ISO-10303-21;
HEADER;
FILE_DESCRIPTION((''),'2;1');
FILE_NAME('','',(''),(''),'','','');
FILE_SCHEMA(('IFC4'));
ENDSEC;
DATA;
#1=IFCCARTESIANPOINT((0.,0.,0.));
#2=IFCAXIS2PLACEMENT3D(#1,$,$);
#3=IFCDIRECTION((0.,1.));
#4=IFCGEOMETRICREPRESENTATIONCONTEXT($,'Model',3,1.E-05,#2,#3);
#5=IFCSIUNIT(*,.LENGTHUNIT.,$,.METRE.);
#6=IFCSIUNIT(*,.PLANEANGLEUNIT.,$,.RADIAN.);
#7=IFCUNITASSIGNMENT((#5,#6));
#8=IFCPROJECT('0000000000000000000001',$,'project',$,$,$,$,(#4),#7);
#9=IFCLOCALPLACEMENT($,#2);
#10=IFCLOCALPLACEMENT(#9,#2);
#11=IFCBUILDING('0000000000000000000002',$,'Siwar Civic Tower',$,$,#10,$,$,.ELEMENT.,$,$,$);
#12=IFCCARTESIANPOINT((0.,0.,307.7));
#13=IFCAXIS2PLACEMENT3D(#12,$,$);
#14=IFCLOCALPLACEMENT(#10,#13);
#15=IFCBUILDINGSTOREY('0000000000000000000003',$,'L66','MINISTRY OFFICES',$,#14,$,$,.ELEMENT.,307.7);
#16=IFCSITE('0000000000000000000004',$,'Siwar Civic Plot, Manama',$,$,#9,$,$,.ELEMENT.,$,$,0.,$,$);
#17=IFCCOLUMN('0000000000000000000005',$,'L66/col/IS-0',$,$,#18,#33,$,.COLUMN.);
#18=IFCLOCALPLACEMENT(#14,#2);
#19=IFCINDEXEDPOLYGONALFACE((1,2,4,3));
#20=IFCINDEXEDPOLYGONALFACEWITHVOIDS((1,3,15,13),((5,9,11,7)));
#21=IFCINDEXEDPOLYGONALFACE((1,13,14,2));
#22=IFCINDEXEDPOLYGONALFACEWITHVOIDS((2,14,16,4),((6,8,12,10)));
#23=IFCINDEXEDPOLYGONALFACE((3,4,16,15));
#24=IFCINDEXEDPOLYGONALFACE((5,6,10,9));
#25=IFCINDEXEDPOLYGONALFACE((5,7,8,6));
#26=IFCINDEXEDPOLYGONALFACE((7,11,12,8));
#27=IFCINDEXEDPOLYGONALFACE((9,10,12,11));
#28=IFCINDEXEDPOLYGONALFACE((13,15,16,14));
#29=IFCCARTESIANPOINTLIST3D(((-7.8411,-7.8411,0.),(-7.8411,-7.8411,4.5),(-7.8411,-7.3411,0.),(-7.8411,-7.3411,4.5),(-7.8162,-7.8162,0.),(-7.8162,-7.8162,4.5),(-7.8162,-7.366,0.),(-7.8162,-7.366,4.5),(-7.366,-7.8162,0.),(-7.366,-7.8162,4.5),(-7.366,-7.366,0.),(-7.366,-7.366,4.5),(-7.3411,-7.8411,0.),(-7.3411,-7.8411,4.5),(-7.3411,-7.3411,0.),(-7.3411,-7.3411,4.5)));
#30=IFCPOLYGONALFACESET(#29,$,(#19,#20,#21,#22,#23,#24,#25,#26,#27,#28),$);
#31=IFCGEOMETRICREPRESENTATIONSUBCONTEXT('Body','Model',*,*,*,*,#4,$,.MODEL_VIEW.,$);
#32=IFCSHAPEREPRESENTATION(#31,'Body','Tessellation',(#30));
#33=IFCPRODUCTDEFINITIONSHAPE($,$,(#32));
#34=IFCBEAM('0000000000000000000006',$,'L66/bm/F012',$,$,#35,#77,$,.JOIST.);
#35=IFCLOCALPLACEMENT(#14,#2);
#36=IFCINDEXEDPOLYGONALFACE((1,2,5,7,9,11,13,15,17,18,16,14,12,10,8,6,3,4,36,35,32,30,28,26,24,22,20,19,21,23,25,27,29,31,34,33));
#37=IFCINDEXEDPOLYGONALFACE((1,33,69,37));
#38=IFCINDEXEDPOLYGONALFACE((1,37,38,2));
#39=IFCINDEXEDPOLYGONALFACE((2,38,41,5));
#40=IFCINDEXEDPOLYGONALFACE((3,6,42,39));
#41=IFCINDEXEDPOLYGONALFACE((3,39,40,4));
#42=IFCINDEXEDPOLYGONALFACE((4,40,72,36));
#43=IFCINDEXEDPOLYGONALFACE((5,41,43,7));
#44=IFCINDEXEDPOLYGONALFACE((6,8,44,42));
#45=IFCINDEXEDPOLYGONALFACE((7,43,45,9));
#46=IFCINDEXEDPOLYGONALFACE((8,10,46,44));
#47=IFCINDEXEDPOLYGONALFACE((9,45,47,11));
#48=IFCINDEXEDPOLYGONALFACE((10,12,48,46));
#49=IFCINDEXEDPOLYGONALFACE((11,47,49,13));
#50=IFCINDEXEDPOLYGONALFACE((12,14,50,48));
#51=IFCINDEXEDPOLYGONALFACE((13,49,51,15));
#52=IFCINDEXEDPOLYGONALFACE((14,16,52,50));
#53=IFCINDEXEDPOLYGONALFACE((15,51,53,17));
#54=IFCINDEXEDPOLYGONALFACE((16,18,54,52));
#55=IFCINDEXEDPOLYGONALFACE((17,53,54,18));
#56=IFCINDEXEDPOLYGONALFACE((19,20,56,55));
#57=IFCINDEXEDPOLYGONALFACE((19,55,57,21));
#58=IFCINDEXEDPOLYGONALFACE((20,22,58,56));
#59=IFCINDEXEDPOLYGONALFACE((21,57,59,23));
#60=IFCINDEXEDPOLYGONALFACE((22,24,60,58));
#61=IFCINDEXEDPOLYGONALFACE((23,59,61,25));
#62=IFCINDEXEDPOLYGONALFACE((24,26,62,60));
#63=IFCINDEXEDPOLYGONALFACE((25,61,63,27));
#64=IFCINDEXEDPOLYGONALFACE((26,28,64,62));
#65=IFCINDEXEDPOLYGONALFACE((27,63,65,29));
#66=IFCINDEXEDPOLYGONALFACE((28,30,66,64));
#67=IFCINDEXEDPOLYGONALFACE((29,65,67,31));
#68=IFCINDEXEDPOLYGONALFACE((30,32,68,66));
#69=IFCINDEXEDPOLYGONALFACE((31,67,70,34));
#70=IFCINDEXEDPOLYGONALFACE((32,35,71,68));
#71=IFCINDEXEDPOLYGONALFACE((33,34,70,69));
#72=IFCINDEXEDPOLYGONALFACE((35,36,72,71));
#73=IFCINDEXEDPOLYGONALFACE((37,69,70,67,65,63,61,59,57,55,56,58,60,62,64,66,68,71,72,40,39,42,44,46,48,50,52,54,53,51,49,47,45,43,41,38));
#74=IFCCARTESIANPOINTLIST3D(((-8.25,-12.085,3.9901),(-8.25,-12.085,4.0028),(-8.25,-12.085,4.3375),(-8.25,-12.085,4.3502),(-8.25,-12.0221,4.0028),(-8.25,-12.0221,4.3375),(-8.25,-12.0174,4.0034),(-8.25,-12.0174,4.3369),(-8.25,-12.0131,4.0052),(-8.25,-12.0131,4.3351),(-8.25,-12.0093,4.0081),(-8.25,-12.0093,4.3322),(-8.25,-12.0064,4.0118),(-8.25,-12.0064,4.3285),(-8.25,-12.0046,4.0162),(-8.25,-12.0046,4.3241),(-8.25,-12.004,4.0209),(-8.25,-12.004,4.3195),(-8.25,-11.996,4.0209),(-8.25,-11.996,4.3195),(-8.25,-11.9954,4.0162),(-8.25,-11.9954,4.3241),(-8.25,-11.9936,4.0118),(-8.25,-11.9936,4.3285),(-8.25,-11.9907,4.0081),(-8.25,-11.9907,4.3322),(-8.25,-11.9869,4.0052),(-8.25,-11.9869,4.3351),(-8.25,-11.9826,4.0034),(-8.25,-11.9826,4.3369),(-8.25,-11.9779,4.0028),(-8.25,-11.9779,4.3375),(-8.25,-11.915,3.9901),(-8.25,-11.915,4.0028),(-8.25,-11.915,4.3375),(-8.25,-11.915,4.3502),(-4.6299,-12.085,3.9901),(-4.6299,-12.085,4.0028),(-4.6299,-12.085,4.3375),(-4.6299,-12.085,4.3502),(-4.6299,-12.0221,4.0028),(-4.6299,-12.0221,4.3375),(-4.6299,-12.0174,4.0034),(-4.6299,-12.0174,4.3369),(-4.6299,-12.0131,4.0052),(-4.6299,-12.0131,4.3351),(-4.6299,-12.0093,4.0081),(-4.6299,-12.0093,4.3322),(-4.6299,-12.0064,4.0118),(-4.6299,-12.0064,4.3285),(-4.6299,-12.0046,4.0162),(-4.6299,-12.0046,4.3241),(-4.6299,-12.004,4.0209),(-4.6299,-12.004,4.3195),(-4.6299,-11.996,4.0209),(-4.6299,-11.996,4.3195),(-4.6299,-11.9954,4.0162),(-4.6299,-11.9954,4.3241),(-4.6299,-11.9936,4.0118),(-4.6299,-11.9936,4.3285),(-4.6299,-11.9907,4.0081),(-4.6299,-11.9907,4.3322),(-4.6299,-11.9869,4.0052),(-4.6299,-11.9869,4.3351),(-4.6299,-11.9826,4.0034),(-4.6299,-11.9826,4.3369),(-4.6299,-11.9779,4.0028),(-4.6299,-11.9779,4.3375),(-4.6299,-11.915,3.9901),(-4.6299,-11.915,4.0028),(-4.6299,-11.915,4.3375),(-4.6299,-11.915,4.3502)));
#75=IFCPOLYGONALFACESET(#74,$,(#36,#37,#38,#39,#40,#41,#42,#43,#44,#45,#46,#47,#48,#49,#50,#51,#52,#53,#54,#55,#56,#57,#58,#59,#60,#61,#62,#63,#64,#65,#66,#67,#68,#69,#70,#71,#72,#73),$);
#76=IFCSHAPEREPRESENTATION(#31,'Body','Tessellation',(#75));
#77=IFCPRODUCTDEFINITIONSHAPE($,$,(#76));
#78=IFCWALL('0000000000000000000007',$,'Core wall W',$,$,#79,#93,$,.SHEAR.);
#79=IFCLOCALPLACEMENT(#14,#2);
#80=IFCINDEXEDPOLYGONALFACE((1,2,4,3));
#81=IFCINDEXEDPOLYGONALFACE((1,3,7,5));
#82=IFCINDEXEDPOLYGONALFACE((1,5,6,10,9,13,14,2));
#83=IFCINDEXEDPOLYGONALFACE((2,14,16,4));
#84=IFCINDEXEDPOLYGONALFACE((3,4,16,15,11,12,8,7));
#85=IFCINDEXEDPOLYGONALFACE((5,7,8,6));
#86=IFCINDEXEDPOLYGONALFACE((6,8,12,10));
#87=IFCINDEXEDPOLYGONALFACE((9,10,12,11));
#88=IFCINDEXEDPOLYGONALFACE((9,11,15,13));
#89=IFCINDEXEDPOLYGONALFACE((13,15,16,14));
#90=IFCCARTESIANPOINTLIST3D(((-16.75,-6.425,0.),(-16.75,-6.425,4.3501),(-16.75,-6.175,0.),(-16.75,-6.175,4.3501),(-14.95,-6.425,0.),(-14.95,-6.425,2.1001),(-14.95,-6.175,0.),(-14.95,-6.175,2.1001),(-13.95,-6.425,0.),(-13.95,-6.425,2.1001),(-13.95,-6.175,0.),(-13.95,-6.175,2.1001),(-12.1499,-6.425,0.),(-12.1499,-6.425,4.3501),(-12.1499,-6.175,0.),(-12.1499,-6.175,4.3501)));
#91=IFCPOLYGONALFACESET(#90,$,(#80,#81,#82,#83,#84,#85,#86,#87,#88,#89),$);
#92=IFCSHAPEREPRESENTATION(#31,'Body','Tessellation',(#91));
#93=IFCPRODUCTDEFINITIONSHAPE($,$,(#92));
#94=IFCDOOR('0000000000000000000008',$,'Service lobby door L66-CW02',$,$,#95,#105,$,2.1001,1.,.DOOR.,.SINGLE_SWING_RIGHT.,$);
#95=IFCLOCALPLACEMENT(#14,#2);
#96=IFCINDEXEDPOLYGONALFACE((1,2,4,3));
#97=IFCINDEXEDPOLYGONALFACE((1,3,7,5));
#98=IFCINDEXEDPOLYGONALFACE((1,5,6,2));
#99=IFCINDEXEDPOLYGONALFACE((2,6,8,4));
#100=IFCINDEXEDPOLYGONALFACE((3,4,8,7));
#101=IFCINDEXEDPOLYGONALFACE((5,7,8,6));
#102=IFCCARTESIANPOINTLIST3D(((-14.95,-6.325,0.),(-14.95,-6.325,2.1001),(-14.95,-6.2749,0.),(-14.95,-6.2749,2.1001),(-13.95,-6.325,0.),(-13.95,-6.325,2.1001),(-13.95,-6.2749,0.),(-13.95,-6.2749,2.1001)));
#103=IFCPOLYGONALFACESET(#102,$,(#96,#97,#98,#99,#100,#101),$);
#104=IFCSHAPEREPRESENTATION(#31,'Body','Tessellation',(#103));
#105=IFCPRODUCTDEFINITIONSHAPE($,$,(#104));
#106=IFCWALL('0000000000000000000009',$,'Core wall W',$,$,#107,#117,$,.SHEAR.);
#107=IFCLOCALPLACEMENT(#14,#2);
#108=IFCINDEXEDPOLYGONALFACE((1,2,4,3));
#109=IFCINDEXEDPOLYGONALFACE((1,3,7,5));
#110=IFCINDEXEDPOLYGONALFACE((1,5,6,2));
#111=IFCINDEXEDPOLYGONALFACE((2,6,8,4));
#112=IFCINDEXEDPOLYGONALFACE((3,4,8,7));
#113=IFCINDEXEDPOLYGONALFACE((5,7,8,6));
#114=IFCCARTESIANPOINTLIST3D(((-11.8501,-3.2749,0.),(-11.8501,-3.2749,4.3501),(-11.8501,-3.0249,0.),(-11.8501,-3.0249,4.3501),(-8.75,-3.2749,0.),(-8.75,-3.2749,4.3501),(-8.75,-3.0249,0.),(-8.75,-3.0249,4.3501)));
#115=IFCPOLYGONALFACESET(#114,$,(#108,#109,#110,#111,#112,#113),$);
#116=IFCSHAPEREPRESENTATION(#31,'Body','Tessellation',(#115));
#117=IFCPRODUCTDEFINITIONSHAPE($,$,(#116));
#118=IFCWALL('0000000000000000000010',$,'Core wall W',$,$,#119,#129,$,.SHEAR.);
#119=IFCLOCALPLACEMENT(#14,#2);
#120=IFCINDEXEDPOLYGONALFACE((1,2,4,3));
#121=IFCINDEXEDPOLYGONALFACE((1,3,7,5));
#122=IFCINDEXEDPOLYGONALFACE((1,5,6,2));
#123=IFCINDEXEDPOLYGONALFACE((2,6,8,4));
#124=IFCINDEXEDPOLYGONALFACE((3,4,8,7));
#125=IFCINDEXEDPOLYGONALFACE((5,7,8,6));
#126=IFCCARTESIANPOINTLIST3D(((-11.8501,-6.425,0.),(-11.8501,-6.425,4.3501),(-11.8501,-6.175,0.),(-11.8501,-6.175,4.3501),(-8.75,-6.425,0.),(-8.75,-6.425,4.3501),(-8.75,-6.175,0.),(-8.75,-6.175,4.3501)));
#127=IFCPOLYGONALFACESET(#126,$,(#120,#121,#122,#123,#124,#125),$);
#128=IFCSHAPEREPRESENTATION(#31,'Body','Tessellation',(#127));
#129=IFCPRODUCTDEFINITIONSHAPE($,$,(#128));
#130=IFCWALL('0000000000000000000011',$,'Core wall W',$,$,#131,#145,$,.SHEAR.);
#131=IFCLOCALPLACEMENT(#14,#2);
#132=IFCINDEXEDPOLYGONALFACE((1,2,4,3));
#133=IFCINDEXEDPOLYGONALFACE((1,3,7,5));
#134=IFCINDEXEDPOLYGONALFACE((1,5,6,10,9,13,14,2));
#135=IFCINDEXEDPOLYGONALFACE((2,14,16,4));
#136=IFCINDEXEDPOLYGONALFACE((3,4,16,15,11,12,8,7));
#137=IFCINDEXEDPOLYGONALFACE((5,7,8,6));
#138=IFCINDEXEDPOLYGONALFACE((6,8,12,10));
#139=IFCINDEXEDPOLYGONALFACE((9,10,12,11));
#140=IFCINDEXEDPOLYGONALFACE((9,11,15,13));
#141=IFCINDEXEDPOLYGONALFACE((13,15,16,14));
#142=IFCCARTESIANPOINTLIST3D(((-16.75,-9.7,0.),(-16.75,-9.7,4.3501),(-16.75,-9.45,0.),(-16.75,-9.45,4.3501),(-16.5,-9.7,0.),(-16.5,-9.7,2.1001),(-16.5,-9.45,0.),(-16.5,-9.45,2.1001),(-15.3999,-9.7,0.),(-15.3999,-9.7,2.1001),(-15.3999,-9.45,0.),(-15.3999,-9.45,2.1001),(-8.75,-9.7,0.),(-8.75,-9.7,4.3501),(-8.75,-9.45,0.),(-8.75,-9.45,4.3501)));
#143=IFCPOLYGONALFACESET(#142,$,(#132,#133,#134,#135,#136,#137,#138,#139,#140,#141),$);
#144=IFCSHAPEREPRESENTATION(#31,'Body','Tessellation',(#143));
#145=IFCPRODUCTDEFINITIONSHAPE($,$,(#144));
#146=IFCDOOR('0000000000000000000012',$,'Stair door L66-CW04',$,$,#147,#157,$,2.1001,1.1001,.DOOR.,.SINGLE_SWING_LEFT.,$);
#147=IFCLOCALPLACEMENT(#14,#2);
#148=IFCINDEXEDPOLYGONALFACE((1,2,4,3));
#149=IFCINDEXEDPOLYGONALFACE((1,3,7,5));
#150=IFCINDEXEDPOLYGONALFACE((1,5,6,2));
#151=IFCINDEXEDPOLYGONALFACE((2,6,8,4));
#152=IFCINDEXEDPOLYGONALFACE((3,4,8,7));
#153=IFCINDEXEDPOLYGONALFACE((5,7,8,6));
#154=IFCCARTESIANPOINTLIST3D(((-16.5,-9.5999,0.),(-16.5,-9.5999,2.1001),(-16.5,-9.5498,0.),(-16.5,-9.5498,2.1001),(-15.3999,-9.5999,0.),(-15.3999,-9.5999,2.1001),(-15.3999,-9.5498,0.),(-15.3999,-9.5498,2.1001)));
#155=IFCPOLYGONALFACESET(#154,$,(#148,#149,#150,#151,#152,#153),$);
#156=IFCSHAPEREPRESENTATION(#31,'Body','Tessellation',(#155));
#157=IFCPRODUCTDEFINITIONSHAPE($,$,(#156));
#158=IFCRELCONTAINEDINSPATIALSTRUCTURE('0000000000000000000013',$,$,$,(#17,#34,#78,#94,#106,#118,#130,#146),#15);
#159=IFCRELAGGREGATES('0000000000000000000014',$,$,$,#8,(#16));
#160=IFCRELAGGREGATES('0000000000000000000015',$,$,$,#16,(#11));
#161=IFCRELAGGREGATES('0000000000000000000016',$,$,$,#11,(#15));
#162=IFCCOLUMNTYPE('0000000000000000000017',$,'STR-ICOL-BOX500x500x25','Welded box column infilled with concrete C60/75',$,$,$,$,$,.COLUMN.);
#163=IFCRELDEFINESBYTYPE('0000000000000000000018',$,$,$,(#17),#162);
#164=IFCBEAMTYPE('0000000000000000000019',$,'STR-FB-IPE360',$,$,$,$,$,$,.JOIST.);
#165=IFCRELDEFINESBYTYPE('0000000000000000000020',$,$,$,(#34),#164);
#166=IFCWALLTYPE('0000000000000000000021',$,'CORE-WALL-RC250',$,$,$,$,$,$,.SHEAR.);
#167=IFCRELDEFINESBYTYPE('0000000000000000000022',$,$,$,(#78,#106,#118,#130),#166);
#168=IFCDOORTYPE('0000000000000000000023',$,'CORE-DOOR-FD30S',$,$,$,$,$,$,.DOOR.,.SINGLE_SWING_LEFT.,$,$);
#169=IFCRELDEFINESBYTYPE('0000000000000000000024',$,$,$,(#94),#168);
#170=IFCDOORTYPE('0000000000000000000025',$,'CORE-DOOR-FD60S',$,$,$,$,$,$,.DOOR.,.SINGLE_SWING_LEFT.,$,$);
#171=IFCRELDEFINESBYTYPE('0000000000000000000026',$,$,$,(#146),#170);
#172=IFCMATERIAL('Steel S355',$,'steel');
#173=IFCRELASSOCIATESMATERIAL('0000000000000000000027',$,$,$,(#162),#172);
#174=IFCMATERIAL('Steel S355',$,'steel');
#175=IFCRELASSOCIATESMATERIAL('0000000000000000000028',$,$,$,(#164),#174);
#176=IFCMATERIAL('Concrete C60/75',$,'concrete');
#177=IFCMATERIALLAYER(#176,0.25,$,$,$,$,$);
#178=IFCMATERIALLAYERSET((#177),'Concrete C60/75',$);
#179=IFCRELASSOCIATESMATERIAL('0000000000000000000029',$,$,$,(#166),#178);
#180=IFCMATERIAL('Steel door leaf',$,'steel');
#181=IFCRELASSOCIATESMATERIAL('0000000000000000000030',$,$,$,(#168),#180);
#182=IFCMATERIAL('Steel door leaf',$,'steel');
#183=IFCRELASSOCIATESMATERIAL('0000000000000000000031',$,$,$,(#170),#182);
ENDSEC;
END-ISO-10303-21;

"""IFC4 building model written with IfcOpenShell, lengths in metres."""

from ifc_helpers import new_model, si_unit, direction, frame, frame_2d, origin, origin_2d, place, context, subcontext, project, spatial, rectangle, hollow_rectangle, i_section, extrude, material, layer, layer_set, material_profile, profile_set, type_object, element, fill, save


model = new_model("IFC4")

# Units and contexts
model_context = context("Model", 3, precision=1e-05, world=origin(), true_north=direction((0.0, 1.0)))
body_context = subcontext(model_context, "Body", "Model", "MODEL_VIEW")
ifc_project = project(units=[si_unit("LENGTHUNIT", "METRE"), si_unit("PLANEANGLEUNIT", "RADIAN")], contexts=[model_context])

# Site, building, storey
site_placement = place(None, origin())
site = spatial("IfcSite", under=ifc_project, at=site_placement, Name="Siwar Civic Plot, Manama", CompositionType="ELEMENT", RefElevation=0.0)
building_placement = place(site_placement, origin())
building = spatial("IfcBuilding", under=site, at=building_placement, Name="Siwar Civic Tower", CompositionType="ELEMENT")
storey_placement = place(building_placement, frame((0.0, 0.0, 307.7)))
storey = spatial("IfcBuildingStorey", under=building, at=storey_placement, Name="L66", Description="MINISTRY OFFICES", CompositionType="ELEMENT", Elevation=307.7)

# Column
ifc_material_1 = material(Name="Steel S355", Category="steel")
ifc_material_profile_1 = material_profile(ifc_material_1, hollow_rectangle(XDim=0.5, YDim=0.5, WallThickness=0.0249, at=origin_2d()), Name="BOX500x500x25")
ifc_profile_set_1 = profile_set([ifc_material_profile_1], Name="Steel S355")
column_type = type_object("IfcColumnType", Name="STR-ICOL-BOX500x500x25", Description="Welded box column infilled with concrete C60/75", PredefinedType="COLUMN", material=ifc_profile_set_1)
column_placement = place(storey_placement, frame((-7.5911, -7.5911, 0.0), z_axis=(0.0, 0.0, 1.0), x_axis=(1.0, 0.0, 0.0)))
element("IfcColumn", 1, at=column_placement, inside=storey, type_object=column_type, Name="L66/col/IS-0", PredefinedType="COLUMN", context=body_context, shape_type="SweptSolid", body=[
    extrude(hollow_rectangle(XDim=0.5, YDim=0.5, WallThickness=0.0249, at=origin_2d()), origin(), (0.0, 0.0, 1.0), 4.5),
])

# Beam
ifc_material_2 = material(Name="Steel S355", Category="steel")
ifc_material_profile_2 = material_profile(ifc_material_2, i_section(OverallWidth=0.1699, OverallDepth=0.3601, WebThickness=0.0081, FlangeThickness=0.0127, FilletRadius=0.0181, at=origin_2d()), Name="IPE360")
ifc_profile_set_2 = profile_set([ifc_material_profile_2], Name="Steel S355")
beam_type = type_object("IfcBeamType", Name="STR-FB-IPE360", PredefinedType="JOIST", material=ifc_profile_set_2)
beam_placement = place(storey_placement, frame((-8.25, -12.0, 4.1702), z_axis=(1.0, 0.0, 0.0), x_axis=(0.0, 1.0, 0.0)))
element("IfcBeam", 2, at=beam_placement, inside=storey, type_object=beam_type, Name="L66/bm/F012", PredefinedType="JOIST", context=body_context, shape_type="SweptSolid", body=[
    extrude(i_section(OverallWidth=0.1699, OverallDepth=0.3601, WebThickness=0.0081, FlangeThickness=0.0127, FilletRadius=0.0181, at=origin_2d()), origin(), (0.0, 0.0, 1.0), 3.6201),
])

# Wall, opening, door
ifc_material_3 = material(Name="Concrete C60/75", Category="concrete")
ifc_layer_1 = layer(ifc_material_3, 0.25)
ifc_layer_set_1 = layer_set([ifc_layer_1], Name="Concrete C60/75")
wall_type_1 = type_object("IfcWallType", Name="CORE-WALL-RC250", PredefinedType="SHEAR", material=ifc_layer_set_1)
wall_1_placement = place(storey_placement, frame((-12.1499, -6.3, 0.0), z_axis=(0.0, 0.0, 1.0), x_axis=(-1.0, 0.0, 0.0)))
wall_1 = element("IfcWall", 3, at=wall_1_placement, inside=storey, type_object=wall_type_1, Name="Core wall W", PredefinedType="SHEAR", context=body_context, shape_type="SweptSolid", body=[
    extrude(rectangle(XDim=4.6001, YDim=0.25, at=frame_2d((2.3, 0.0))), origin(), (0.0, 0.0, 1.0), 4.3501),
])
opening_1_placement = place(wall_1_placement, frame((1.8, 0.0, 0.0)))
opening_1 = element("IfcOpeningElement", 4, at=opening_1_placement, cuts=wall_1, PredefinedType="OPENING", context=body_context, shape_type="SweptSolid", body=[
    extrude(rectangle(XDim=1.0, YDim=2.1001, at=frame_2d((0.5, 1.05))), frame((0.0, 0.135, 0.0), z_axis=(0.0, -1.0, 0.0), x_axis=(1.0, 0.0, 0.0)), (0.0, 0.0, 1.0), 0.27),
])
ifc_material_4 = material(Name="Steel door leaf", Category="steel")
door_type_1 = type_object("IfcDoorType", Name="CORE-DOOR-FD30S", OperationType="SINGLE_SWING_LEFT", PredefinedType="DOOR", material=ifc_material_4)
door_1_placement = place(opening_1_placement, origin())
door_1 = element("IfcDoor", 5, at=door_1_placement, inside=storey, type_object=door_type_1, Name="Service lobby door L66-CW02", OperationType="SINGLE_SWING_RIGHT", OverallHeight=2.1001, OverallWidth=1.0, PredefinedType="DOOR", context=body_context, shape_type="SweptSolid", body=[
    extrude(rectangle(XDim=1.0, YDim=2.1001, at=frame_2d((0.5, 1.05))), frame((0.0, 0.0249, 0.0), z_axis=(0.0, -1.0, 0.0), x_axis=(1.0, 0.0, 0.0)), (0.0, 0.0, 1.0), 0.05),
])
fill(opening_1, door_1)

# Walls
for number, where, z_axis, x_axis, name in (
    (6, (-8.75, -3.1499, 0.0), (0.0, 0.0, 1.0), (-1.0, 0.0, 0.0), "Core wall W"),
    (7, (-8.75, -6.3, 0.0), (0.0, 0.0, 1.0), (-1.0, 0.0, 0.0), "Core wall W"),
):
    element("IfcWall", number, at=place(storey_placement, frame(where, z_axis=z_axis, x_axis=x_axis)), inside=storey, type_object=wall_type_1, Name=name, PredefinedType="SHEAR", context=body_context, shape_type="SweptSolid", body=[
        extrude(rectangle(XDim=3.1001, YDim=0.25, at=frame_2d((1.55, 0.0))), origin(), (0.0, 0.0, 1.0), 4.3501),
    ])

# Wall, opening, door
wall_2_placement = place(storey_placement, frame((-8.75, -9.575, 0.0), z_axis=(0.0, 0.0, 1.0), x_axis=(-1.0, 0.0, 0.0)))
wall_2 = element("IfcWall", 8, at=wall_2_placement, inside=storey, type_object=wall_type_1, Name="Core wall W", PredefinedType="SHEAR", context=body_context, shape_type="SweptSolid", body=[
    extrude(rectangle(XDim=8.0, YDim=0.25, at=frame_2d((4.0, 0.0))), origin(), (0.0, 0.0, 1.0), 4.3501),
])
opening_2_placement = place(wall_2_placement, frame((6.6499, 0.0, 0.0)))
opening_2 = element("IfcOpeningElement", 9, at=opening_2_placement, cuts=wall_2, PredefinedType="OPENING", context=body_context, shape_type="SweptSolid", body=[
    extrude(rectangle(XDim=1.1001, YDim=2.1001, at=frame_2d((0.55, 1.05))), frame((0.0, 0.135, 0.0), z_axis=(0.0, -1.0, 0.0), x_axis=(1.0, 0.0, 0.0)), (0.0, 0.0, 1.0), 0.27),
])
ifc_material_5 = material(Name="Steel door leaf", Category="steel")
door_type_2 = type_object("IfcDoorType", Name="CORE-DOOR-FD60S", OperationType="SINGLE_SWING_LEFT", PredefinedType="DOOR", material=ifc_material_5)
door_2_placement = place(opening_2_placement, origin())
door_2 = element("IfcDoor", 10, at=door_2_placement, inside=storey, type_object=door_type_2, Name="Stair door L66-CW04", OperationType="SINGLE_SWING_LEFT", OverallHeight=2.1001, OverallWidth=1.1001, PredefinedType="DOOR", context=body_context, shape_type="SweptSolid", body=[
    extrude(rectangle(XDim=1.1001, YDim=2.1001, at=frame_2d((0.55, 1.05))), frame((0.0, 0.0249, 0.0), z_axis=(0.0, -1.0, 0.0), x_axis=(1.0, 0.0, 0.0)), (0.0, 0.0, 1.0), 0.05),
])
fill(opening_2, door_2)

save(model, "model.ifc")
